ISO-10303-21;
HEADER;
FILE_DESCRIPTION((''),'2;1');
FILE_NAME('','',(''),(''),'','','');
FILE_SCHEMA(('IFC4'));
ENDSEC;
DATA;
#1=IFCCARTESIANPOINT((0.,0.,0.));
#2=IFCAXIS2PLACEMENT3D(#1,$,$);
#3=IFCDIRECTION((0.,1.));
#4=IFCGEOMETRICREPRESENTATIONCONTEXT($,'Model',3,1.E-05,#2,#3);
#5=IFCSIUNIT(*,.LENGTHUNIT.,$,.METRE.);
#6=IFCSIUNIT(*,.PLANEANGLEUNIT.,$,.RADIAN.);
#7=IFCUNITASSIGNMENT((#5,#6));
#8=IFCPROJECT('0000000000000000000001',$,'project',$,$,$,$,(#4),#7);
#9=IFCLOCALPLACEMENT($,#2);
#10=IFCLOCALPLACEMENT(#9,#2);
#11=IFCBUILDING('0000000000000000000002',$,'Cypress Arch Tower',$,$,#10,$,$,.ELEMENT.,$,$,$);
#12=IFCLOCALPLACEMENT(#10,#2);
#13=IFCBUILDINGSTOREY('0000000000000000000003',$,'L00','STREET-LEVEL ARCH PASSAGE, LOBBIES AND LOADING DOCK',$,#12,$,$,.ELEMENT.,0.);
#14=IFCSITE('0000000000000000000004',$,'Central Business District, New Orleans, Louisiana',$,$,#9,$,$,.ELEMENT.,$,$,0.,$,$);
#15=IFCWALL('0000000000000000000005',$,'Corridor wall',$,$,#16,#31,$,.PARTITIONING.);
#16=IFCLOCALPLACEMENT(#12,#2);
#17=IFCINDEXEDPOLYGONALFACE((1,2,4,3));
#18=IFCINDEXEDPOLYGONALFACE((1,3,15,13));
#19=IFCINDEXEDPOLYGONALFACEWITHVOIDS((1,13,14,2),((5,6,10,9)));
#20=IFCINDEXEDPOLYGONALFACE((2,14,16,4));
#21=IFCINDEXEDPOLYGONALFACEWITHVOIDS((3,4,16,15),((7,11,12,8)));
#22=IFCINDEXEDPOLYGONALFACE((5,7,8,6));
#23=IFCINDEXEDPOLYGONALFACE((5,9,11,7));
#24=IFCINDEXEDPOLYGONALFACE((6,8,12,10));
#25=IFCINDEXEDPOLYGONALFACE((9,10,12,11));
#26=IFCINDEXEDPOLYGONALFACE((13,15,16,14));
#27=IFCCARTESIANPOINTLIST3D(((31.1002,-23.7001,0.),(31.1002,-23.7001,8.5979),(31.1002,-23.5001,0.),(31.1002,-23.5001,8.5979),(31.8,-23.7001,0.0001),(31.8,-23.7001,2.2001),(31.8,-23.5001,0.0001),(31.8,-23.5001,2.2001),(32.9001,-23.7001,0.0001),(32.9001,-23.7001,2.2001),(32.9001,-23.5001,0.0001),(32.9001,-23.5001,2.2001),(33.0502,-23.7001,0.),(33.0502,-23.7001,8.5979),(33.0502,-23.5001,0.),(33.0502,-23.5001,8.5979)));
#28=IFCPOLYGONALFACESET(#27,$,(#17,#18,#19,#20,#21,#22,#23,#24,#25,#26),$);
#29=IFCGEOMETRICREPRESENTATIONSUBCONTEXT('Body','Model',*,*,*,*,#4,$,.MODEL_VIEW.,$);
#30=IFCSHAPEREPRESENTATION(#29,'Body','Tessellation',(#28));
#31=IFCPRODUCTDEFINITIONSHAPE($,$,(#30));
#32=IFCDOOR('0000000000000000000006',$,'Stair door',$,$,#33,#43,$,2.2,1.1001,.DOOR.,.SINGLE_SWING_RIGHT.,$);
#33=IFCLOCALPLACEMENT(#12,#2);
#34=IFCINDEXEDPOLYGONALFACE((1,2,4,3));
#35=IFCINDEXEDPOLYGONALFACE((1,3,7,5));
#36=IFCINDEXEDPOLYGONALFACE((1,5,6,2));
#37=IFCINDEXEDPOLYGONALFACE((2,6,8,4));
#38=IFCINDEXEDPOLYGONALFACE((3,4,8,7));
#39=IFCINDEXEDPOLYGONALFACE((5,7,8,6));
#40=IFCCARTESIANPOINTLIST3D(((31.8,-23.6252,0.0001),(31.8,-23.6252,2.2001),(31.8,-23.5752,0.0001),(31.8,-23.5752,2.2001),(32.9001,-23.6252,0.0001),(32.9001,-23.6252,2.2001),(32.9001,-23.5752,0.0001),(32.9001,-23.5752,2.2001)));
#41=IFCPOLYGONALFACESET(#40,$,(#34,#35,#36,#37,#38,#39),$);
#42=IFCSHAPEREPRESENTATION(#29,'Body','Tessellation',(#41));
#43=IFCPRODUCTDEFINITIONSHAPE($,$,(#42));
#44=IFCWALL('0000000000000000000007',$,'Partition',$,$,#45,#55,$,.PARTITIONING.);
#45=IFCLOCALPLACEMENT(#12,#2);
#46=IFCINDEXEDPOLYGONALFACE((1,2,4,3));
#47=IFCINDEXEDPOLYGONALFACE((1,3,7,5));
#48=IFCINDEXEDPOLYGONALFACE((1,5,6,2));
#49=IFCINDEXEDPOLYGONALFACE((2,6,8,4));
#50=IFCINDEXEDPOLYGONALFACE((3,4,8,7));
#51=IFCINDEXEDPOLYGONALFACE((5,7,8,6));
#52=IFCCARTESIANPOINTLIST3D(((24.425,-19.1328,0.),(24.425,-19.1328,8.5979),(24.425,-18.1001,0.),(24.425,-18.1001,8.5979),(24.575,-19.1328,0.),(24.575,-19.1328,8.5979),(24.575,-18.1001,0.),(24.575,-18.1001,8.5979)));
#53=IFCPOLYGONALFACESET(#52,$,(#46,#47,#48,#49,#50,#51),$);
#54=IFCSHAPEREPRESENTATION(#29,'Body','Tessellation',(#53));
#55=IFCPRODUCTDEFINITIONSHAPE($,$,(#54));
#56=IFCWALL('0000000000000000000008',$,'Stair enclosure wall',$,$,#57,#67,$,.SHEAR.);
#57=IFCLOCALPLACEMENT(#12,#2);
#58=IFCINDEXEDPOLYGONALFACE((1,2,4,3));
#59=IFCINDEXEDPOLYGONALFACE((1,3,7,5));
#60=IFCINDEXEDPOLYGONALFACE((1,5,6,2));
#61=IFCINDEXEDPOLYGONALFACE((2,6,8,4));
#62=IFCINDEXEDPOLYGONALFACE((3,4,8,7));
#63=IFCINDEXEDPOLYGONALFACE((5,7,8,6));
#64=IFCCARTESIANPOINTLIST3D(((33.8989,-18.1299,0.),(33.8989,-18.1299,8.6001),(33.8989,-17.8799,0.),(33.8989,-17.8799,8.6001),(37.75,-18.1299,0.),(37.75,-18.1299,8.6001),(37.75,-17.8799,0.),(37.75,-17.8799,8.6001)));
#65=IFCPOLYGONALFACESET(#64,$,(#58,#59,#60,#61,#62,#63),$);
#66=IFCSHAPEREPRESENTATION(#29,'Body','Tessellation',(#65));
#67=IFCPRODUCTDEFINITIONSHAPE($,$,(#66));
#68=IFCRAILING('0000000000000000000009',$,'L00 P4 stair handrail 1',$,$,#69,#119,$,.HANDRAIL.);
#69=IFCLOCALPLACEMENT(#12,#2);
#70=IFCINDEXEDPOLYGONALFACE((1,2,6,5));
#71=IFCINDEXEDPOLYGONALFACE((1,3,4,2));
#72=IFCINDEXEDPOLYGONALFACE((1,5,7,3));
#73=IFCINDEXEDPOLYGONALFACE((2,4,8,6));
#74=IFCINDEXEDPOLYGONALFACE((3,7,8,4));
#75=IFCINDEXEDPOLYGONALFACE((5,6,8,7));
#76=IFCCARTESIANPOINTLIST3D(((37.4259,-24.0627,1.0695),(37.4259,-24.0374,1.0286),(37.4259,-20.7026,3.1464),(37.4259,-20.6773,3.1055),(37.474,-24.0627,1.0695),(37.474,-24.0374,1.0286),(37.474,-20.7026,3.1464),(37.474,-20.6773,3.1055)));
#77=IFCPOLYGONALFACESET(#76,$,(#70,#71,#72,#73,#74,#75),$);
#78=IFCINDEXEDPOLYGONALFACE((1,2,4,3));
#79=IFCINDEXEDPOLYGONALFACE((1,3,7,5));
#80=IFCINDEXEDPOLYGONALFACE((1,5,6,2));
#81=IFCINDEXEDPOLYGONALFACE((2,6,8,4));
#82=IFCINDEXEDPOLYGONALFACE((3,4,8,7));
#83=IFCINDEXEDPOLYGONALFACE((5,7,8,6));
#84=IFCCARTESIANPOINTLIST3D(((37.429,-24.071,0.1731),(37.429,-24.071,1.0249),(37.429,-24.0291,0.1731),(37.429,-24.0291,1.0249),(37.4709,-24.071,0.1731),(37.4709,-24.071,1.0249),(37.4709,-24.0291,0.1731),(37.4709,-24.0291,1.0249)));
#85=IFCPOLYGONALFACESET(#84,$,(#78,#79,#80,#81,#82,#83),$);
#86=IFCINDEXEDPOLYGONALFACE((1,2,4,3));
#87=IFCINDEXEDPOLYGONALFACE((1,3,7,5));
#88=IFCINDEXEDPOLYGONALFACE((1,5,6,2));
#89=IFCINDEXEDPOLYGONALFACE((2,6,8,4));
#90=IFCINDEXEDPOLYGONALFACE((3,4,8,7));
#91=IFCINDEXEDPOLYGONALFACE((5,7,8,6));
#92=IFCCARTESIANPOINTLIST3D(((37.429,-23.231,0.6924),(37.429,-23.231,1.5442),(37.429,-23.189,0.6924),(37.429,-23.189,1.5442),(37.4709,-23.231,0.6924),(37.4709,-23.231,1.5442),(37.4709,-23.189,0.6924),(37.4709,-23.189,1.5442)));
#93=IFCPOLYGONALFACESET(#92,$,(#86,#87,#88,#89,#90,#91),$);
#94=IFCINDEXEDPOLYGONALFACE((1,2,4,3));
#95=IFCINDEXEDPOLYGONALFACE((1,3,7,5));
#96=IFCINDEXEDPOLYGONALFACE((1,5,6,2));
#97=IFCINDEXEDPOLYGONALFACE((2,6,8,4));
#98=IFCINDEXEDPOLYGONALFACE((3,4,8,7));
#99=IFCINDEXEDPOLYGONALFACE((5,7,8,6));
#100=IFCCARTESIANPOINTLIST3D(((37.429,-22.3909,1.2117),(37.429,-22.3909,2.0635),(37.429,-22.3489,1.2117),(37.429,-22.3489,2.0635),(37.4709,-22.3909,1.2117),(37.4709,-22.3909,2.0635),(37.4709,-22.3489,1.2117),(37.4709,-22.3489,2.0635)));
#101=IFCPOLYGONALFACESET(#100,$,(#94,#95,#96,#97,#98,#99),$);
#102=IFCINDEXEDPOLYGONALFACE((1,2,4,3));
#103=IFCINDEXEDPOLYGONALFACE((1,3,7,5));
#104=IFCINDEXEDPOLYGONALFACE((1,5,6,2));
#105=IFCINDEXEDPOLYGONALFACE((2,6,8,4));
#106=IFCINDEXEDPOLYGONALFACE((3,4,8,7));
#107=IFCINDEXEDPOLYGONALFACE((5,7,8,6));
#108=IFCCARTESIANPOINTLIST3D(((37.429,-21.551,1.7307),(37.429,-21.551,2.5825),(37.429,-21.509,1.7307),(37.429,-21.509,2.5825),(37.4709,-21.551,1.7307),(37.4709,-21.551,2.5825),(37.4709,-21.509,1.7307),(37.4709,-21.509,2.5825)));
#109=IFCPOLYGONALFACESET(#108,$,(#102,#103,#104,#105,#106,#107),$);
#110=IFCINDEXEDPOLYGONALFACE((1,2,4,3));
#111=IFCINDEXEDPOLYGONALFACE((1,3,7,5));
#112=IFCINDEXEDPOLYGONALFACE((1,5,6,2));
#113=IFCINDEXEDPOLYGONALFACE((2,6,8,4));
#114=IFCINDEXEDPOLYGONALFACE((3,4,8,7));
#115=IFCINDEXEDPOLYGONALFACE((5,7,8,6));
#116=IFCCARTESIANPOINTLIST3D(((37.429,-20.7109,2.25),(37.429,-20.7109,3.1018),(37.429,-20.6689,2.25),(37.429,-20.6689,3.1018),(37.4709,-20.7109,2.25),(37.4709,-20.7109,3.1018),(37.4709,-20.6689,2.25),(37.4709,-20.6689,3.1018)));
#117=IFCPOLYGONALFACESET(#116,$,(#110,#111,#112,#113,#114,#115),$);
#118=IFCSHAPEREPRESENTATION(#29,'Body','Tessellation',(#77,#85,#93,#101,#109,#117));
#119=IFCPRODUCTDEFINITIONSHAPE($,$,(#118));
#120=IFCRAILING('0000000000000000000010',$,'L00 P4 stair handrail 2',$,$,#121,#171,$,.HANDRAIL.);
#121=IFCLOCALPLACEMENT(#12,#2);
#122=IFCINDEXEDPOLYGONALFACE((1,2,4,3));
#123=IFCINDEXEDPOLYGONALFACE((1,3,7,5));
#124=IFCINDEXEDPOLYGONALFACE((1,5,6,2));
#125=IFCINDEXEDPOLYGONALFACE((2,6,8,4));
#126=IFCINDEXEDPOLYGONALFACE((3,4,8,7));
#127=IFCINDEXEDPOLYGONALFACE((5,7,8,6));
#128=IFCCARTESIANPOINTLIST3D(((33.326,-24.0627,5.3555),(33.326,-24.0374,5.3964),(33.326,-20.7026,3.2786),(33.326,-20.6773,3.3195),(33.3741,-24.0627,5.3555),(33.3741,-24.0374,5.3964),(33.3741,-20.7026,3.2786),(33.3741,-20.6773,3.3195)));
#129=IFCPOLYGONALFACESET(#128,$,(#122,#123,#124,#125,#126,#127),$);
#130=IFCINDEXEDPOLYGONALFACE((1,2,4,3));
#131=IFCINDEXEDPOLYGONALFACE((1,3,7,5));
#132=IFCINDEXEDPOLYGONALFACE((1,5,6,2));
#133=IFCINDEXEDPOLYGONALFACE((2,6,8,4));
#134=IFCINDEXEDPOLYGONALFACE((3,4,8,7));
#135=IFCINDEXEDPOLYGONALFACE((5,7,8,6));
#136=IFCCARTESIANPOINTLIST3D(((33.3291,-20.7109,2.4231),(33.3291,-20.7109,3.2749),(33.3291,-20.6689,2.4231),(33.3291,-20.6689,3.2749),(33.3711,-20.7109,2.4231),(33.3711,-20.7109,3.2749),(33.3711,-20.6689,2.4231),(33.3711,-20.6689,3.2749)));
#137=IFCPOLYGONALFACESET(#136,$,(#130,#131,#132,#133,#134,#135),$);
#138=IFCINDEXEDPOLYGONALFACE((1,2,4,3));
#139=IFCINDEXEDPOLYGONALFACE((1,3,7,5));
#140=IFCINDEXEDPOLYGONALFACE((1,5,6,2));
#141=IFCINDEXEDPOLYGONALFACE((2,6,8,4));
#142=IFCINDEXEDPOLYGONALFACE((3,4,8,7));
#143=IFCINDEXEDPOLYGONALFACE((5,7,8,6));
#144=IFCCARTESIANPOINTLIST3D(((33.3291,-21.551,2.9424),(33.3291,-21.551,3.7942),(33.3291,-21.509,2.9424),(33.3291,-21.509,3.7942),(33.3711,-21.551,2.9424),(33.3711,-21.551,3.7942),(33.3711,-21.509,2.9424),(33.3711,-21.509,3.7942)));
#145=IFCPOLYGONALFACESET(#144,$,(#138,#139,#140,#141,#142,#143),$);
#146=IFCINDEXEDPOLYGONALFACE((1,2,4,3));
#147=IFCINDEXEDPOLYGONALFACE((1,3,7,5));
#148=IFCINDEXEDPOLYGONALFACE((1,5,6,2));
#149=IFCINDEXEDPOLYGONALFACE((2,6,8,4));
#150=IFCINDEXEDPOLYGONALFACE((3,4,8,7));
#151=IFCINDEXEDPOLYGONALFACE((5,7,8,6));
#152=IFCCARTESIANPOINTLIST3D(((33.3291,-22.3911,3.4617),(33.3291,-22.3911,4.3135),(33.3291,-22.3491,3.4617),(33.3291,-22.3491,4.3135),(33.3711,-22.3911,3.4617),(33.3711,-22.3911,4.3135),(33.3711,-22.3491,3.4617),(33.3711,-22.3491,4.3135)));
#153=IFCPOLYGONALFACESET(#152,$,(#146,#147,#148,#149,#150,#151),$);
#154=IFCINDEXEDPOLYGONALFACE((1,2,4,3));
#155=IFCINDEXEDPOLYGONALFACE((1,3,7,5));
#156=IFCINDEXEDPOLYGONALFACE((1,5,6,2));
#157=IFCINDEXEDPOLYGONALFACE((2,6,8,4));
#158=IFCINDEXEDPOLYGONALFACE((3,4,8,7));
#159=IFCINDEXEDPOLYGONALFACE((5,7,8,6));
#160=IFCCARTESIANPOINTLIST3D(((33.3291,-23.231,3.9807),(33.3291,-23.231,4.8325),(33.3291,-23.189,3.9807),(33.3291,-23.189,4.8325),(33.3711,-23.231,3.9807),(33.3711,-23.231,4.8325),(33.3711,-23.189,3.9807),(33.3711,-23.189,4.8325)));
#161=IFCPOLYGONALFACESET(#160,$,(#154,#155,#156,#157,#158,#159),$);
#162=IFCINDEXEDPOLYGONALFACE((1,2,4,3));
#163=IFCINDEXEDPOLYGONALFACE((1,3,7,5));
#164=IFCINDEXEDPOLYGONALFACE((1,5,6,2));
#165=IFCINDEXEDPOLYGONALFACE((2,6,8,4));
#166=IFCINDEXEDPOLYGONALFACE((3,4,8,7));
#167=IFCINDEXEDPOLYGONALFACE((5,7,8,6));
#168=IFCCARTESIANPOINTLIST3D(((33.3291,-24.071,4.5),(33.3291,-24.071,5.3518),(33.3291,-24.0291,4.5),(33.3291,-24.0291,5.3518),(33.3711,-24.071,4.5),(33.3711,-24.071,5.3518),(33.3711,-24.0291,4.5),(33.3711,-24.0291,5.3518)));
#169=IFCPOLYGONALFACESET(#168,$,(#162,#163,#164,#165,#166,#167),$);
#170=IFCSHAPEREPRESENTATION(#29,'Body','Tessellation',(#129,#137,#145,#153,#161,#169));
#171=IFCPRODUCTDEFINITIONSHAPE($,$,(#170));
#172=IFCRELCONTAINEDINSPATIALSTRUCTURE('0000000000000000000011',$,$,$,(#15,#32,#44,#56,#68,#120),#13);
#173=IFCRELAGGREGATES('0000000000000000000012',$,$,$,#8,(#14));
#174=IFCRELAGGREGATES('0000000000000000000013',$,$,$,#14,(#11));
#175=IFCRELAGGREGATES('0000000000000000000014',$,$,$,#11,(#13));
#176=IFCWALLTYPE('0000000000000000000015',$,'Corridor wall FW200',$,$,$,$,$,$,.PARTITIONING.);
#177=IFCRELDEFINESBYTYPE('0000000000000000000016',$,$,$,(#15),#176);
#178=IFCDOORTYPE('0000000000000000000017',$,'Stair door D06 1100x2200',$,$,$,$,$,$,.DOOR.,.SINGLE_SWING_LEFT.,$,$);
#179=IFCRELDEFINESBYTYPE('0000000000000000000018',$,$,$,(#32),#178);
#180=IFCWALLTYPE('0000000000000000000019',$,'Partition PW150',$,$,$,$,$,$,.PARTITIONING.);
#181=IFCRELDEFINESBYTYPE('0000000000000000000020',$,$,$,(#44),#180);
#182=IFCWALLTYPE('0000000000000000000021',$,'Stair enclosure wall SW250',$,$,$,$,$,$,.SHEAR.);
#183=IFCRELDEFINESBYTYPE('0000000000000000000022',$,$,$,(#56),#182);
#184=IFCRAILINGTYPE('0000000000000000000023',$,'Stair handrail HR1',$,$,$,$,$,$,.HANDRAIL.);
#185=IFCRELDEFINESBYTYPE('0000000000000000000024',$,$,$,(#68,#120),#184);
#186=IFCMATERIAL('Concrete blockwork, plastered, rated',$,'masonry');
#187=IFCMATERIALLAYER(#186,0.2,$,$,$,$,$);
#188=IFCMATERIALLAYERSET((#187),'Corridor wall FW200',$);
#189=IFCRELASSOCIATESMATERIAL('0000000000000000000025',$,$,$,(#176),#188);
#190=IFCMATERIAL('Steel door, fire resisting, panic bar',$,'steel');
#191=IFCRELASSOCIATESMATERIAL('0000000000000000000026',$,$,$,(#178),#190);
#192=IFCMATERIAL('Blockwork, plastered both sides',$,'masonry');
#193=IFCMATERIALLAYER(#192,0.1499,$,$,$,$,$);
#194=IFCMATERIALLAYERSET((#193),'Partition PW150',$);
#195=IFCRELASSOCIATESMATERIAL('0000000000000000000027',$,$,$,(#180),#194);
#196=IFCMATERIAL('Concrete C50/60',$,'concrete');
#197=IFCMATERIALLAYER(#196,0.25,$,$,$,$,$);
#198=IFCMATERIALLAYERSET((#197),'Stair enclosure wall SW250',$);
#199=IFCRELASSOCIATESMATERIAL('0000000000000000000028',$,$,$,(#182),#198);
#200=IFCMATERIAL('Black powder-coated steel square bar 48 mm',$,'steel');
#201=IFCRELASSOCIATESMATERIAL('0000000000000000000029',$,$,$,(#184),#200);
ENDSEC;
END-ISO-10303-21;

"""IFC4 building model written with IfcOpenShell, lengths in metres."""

from ifc_helpers import new_model, si_unit, direction, frame, frame_2d, origin, origin_2d, place, context, subcontext, project, spatial, rectangle, extrude, material, layer, layer_set, type_object, element, fill, save


model = new_model("IFC4")

# Units and contexts
model_context = context("Model", 3, precision=1e-05, world=origin(), true_north=direction((0.0, 1.0)))
body_context = subcontext(model_context, "Body", "Model", "MODEL_VIEW")
ifc_project = project(units=[si_unit("LENGTHUNIT", "METRE"), si_unit("PLANEANGLEUNIT", "RADIAN")], contexts=[model_context])

# Site, building, storey
site_placement = place(None, origin())
site = spatial("IfcSite", under=ifc_project, at=site_placement, Name="Central Business District, New Orleans, Louisiana", CompositionType="ELEMENT", RefElevation=0.0)
building_placement = place(site_placement, origin())
building = spatial("IfcBuilding", under=site, at=building_placement, Name="Cypress Arch Tower", CompositionType="ELEMENT")
storey_placement = place(building_placement, origin())
storey = spatial("IfcBuildingStorey", under=building, at=storey_placement, Name="L00", Description="STREET-LEVEL ARCH PASSAGE, LOBBIES AND LOADING DOCK", CompositionType="ELEMENT", Elevation=0.0)

# Wall, opening, door
ifc_material_1 = material(Name="Concrete blockwork, plastered, rated", Category="masonry")
ifc_layer_1 = layer(ifc_material_1, 0.2)
ifc_layer_set_1 = layer_set([ifc_layer_1], Name="Corridor wall FW200")
wall_type_1 = type_object("IfcWallType", Name="Corridor wall FW200", PredefinedType="PARTITIONING", material=ifc_layer_set_1)
wall_1_placement = place(storey_placement, frame((31.1001, -23.6001, 0.0), z_axis=(0.0, 0.0, 1.0), x_axis=(1.0, 0.0, 0.0)))
wall_1 = element("IfcWall", 1, at=wall_1_placement, inside=storey, type_object=wall_type_1, Name="Corridor wall", PredefinedType="PARTITIONING", context=body_context, shape_type="SweptSolid", body=[
    extrude(rectangle(XDim=1.95, YDim=0.2, at=frame_2d((0.9751, 0.0))), origin(), (0.0, 0.0, 1.0), 8.5979),
])
opening_placement = place(wall_1_placement, frame((0.7, 0.0, 0.0)))
opening = element("IfcOpeningElement", 2, at=opening_placement, cuts=wall_1, PredefinedType="OPENING", context=body_context, shape_type="SweptSolid", body=[
    extrude(rectangle(XDim=1.1001, YDim=2.2, at=frame_2d((0.55, 1.1001))), frame((0.0, 0.1099, 0.0), z_axis=(0.0, -1.0, 0.0), x_axis=(1.0, 0.0, 0.0)), (0.0, 0.0, 1.0), 0.22),
])
ifc_material_2 = material(Name="Steel door, fire resisting, panic bar", Category="steel")
door_type = type_object("IfcDoorType", Name="Stair door D06 1100x2200", OperationType="SINGLE_SWING_LEFT", PredefinedType="DOOR", material=ifc_material_2)
door_placement = place(opening_placement, origin())
door = element("IfcDoor", 3, at=door_placement, inside=storey, type_object=door_type, Name="Stair door", OperationType="SINGLE_SWING_RIGHT", OverallHeight=2.2, OverallWidth=1.1001, PredefinedType="DOOR", context=body_context, shape_type="SweptSolid", body=[
    extrude(rectangle(XDim=1.1001, YDim=2.2, at=frame_2d((0.55, 1.1001))), frame((0.0, 0.0249, 0.0), z_axis=(0.0, -1.0, 0.0), x_axis=(1.0, 0.0, 0.0)), (0.0, 0.0, 1.0), 0.05),
])
fill(opening, door)

# Walls
ifc_material_3 = material(Name="Blockwork, plastered both sides", Category="masonry")
ifc_layer_2 = layer(ifc_material_3, 0.1499)
ifc_layer_set_2 = layer_set([ifc_layer_2], Name="Partition PW150")
wall_type_2 = type_object("IfcWallType", Name="Partition PW150", PredefinedType="PARTITIONING", material=ifc_layer_set_2)
wall_2_placement = place(storey_placement, frame((24.5, -19.1328, 0.0), z_axis=(0.0, 0.0, 1.0), x_axis=(0.0, 1.0, 0.0)))
element("IfcWall", 4, at=wall_2_placement, inside=storey, type_object=wall_type_2, Name="Partition", PredefinedType="PARTITIONING", context=body_context, shape_type="SweptSolid", body=[
    extrude(rectangle(XDim=1.0327, YDim=0.1499, at=frame_2d((0.5164, 0.0))), origin(), (0.0, 0.0, 1.0), 8.5979),
])
ifc_material_4 = material(Name="Concrete C50/60", Category="concrete")
ifc_layer_3 = layer(ifc_material_4, 0.25)
ifc_layer_set_3 = layer_set([ifc_layer_3], Name="Stair enclosure wall SW250")
wall_type_3 = type_object("IfcWallType", Name="Stair enclosure wall SW250", PredefinedType="SHEAR", material=ifc_layer_set_3)
wall_3_placement = place(storey_placement, frame((33.8989, -18.0049, 0.0), z_axis=(0.0, 0.0, 1.0), x_axis=(1.0, 0.0, 0.0)))
element("IfcWall", 5, at=wall_3_placement, inside=storey, type_object=wall_type_3, Name="Stair enclosure wall", PredefinedType="SHEAR", context=body_context, shape_type="SweptSolid", body=[
    extrude(rectangle(XDim=3.8511, YDim=0.25, at=frame_2d((1.9255, 0.0))), origin(), (0.0, 0.0, 1.0), 8.6001),
])

# Railings
ifc_material_5 = material(Name="Black powder-coated steel square bar 48 mm", Category="steel")
railing_type_1 = type_object("IfcRailingType", Name="Stair handrail HR1", PredefinedType="HANDRAIL", material=ifc_material_5)
railing_1_placement = place(storey_placement, frame((37.45, -24.05, 0.1731)))
element("IfcRailing", 6, at=railing_1_placement, inside=storey, type_object=railing_type_1, Name="L00 P4 stair handrail 1", PredefinedType="HANDRAIL", context=body_context, shape_type="SweptSolid", body=[
    extrude(rectangle(XDim=0.0481, YDim=0.0481, at=origin_2d()), frame((0.0, 0.0, 0.876), z_axis=(0.0, 0.850623, 0.525776), x_axis=(-1.0, 0.0, 0.0)), (0.0, 0.0, 1.0), 3.9502),
    extrude(rectangle(XDim=0.042, YDim=0.042, at=origin_2d()), origin(), (0.0, 0.0, 1.0), 0.8518),
    extrude(rectangle(XDim=0.042, YDim=0.042, at=origin_2d()), frame((0.0, 0.8401, 0.5193)), (0.0, 0.0, 1.0), 0.8518),
    extrude(rectangle(XDim=0.042, YDim=0.042, at=origin_2d()), frame((0.0, 1.6802, 1.0386)), (0.0, 0.0, 1.0), 0.8518),
    extrude(rectangle(XDim=0.042, YDim=0.042, at=origin_2d()), frame((0.0, 2.52, 1.5576)), (0.0, 0.0, 1.0), 0.8518),
    extrude(rectangle(XDim=0.042, YDim=0.042, at=origin_2d()), frame((0.0, 3.3601, 2.0769)), (0.0, 0.0, 1.0), 0.8518),
])
railing_2_placement = place(storey_placement, frame((33.3501, -20.6899, 2.4231)))
element("IfcRailing", 7, at=railing_2_placement, inside=storey, type_object=railing_type_1, Name="L00 P4 stair handrail 2", PredefinedType="HANDRAIL", context=body_context, shape_type="SweptSolid", body=[
    extrude(rectangle(XDim=0.0481, YDim=0.0481, at=origin_2d()), frame((0.0, 0.0, 0.876), z_axis=(0.0, -0.850623, 0.525776), x_axis=(1.0, 0.0, 0.0)), (0.0, 0.0, 1.0), 3.9502),
    extrude(rectangle(XDim=0.042, YDim=0.042, at=origin_2d()), origin(), (0.0, 0.0, 1.0), 0.8518),
    extrude(rectangle(XDim=0.042, YDim=0.042, at=origin_2d()), frame((0.0, -0.8401, 0.5193)), (0.0, 0.0, 1.0), 0.8518),
    extrude(rectangle(XDim=0.042, YDim=0.042, at=origin_2d()), frame((0.0, -1.6802, 1.0386)), (0.0, 0.0, 1.0), 0.8518),
    extrude(rectangle(XDim=0.042, YDim=0.042, at=origin_2d()), frame((0.0, -2.52, 1.5576)), (0.0, 0.0, 1.0), 0.8518),
    extrude(rectangle(XDim=0.042, YDim=0.042, at=origin_2d()), frame((0.0, -3.3601, 2.0769)), (0.0, 0.0, 1.0), 0.8518),
])

save(model, "model.ifc")
